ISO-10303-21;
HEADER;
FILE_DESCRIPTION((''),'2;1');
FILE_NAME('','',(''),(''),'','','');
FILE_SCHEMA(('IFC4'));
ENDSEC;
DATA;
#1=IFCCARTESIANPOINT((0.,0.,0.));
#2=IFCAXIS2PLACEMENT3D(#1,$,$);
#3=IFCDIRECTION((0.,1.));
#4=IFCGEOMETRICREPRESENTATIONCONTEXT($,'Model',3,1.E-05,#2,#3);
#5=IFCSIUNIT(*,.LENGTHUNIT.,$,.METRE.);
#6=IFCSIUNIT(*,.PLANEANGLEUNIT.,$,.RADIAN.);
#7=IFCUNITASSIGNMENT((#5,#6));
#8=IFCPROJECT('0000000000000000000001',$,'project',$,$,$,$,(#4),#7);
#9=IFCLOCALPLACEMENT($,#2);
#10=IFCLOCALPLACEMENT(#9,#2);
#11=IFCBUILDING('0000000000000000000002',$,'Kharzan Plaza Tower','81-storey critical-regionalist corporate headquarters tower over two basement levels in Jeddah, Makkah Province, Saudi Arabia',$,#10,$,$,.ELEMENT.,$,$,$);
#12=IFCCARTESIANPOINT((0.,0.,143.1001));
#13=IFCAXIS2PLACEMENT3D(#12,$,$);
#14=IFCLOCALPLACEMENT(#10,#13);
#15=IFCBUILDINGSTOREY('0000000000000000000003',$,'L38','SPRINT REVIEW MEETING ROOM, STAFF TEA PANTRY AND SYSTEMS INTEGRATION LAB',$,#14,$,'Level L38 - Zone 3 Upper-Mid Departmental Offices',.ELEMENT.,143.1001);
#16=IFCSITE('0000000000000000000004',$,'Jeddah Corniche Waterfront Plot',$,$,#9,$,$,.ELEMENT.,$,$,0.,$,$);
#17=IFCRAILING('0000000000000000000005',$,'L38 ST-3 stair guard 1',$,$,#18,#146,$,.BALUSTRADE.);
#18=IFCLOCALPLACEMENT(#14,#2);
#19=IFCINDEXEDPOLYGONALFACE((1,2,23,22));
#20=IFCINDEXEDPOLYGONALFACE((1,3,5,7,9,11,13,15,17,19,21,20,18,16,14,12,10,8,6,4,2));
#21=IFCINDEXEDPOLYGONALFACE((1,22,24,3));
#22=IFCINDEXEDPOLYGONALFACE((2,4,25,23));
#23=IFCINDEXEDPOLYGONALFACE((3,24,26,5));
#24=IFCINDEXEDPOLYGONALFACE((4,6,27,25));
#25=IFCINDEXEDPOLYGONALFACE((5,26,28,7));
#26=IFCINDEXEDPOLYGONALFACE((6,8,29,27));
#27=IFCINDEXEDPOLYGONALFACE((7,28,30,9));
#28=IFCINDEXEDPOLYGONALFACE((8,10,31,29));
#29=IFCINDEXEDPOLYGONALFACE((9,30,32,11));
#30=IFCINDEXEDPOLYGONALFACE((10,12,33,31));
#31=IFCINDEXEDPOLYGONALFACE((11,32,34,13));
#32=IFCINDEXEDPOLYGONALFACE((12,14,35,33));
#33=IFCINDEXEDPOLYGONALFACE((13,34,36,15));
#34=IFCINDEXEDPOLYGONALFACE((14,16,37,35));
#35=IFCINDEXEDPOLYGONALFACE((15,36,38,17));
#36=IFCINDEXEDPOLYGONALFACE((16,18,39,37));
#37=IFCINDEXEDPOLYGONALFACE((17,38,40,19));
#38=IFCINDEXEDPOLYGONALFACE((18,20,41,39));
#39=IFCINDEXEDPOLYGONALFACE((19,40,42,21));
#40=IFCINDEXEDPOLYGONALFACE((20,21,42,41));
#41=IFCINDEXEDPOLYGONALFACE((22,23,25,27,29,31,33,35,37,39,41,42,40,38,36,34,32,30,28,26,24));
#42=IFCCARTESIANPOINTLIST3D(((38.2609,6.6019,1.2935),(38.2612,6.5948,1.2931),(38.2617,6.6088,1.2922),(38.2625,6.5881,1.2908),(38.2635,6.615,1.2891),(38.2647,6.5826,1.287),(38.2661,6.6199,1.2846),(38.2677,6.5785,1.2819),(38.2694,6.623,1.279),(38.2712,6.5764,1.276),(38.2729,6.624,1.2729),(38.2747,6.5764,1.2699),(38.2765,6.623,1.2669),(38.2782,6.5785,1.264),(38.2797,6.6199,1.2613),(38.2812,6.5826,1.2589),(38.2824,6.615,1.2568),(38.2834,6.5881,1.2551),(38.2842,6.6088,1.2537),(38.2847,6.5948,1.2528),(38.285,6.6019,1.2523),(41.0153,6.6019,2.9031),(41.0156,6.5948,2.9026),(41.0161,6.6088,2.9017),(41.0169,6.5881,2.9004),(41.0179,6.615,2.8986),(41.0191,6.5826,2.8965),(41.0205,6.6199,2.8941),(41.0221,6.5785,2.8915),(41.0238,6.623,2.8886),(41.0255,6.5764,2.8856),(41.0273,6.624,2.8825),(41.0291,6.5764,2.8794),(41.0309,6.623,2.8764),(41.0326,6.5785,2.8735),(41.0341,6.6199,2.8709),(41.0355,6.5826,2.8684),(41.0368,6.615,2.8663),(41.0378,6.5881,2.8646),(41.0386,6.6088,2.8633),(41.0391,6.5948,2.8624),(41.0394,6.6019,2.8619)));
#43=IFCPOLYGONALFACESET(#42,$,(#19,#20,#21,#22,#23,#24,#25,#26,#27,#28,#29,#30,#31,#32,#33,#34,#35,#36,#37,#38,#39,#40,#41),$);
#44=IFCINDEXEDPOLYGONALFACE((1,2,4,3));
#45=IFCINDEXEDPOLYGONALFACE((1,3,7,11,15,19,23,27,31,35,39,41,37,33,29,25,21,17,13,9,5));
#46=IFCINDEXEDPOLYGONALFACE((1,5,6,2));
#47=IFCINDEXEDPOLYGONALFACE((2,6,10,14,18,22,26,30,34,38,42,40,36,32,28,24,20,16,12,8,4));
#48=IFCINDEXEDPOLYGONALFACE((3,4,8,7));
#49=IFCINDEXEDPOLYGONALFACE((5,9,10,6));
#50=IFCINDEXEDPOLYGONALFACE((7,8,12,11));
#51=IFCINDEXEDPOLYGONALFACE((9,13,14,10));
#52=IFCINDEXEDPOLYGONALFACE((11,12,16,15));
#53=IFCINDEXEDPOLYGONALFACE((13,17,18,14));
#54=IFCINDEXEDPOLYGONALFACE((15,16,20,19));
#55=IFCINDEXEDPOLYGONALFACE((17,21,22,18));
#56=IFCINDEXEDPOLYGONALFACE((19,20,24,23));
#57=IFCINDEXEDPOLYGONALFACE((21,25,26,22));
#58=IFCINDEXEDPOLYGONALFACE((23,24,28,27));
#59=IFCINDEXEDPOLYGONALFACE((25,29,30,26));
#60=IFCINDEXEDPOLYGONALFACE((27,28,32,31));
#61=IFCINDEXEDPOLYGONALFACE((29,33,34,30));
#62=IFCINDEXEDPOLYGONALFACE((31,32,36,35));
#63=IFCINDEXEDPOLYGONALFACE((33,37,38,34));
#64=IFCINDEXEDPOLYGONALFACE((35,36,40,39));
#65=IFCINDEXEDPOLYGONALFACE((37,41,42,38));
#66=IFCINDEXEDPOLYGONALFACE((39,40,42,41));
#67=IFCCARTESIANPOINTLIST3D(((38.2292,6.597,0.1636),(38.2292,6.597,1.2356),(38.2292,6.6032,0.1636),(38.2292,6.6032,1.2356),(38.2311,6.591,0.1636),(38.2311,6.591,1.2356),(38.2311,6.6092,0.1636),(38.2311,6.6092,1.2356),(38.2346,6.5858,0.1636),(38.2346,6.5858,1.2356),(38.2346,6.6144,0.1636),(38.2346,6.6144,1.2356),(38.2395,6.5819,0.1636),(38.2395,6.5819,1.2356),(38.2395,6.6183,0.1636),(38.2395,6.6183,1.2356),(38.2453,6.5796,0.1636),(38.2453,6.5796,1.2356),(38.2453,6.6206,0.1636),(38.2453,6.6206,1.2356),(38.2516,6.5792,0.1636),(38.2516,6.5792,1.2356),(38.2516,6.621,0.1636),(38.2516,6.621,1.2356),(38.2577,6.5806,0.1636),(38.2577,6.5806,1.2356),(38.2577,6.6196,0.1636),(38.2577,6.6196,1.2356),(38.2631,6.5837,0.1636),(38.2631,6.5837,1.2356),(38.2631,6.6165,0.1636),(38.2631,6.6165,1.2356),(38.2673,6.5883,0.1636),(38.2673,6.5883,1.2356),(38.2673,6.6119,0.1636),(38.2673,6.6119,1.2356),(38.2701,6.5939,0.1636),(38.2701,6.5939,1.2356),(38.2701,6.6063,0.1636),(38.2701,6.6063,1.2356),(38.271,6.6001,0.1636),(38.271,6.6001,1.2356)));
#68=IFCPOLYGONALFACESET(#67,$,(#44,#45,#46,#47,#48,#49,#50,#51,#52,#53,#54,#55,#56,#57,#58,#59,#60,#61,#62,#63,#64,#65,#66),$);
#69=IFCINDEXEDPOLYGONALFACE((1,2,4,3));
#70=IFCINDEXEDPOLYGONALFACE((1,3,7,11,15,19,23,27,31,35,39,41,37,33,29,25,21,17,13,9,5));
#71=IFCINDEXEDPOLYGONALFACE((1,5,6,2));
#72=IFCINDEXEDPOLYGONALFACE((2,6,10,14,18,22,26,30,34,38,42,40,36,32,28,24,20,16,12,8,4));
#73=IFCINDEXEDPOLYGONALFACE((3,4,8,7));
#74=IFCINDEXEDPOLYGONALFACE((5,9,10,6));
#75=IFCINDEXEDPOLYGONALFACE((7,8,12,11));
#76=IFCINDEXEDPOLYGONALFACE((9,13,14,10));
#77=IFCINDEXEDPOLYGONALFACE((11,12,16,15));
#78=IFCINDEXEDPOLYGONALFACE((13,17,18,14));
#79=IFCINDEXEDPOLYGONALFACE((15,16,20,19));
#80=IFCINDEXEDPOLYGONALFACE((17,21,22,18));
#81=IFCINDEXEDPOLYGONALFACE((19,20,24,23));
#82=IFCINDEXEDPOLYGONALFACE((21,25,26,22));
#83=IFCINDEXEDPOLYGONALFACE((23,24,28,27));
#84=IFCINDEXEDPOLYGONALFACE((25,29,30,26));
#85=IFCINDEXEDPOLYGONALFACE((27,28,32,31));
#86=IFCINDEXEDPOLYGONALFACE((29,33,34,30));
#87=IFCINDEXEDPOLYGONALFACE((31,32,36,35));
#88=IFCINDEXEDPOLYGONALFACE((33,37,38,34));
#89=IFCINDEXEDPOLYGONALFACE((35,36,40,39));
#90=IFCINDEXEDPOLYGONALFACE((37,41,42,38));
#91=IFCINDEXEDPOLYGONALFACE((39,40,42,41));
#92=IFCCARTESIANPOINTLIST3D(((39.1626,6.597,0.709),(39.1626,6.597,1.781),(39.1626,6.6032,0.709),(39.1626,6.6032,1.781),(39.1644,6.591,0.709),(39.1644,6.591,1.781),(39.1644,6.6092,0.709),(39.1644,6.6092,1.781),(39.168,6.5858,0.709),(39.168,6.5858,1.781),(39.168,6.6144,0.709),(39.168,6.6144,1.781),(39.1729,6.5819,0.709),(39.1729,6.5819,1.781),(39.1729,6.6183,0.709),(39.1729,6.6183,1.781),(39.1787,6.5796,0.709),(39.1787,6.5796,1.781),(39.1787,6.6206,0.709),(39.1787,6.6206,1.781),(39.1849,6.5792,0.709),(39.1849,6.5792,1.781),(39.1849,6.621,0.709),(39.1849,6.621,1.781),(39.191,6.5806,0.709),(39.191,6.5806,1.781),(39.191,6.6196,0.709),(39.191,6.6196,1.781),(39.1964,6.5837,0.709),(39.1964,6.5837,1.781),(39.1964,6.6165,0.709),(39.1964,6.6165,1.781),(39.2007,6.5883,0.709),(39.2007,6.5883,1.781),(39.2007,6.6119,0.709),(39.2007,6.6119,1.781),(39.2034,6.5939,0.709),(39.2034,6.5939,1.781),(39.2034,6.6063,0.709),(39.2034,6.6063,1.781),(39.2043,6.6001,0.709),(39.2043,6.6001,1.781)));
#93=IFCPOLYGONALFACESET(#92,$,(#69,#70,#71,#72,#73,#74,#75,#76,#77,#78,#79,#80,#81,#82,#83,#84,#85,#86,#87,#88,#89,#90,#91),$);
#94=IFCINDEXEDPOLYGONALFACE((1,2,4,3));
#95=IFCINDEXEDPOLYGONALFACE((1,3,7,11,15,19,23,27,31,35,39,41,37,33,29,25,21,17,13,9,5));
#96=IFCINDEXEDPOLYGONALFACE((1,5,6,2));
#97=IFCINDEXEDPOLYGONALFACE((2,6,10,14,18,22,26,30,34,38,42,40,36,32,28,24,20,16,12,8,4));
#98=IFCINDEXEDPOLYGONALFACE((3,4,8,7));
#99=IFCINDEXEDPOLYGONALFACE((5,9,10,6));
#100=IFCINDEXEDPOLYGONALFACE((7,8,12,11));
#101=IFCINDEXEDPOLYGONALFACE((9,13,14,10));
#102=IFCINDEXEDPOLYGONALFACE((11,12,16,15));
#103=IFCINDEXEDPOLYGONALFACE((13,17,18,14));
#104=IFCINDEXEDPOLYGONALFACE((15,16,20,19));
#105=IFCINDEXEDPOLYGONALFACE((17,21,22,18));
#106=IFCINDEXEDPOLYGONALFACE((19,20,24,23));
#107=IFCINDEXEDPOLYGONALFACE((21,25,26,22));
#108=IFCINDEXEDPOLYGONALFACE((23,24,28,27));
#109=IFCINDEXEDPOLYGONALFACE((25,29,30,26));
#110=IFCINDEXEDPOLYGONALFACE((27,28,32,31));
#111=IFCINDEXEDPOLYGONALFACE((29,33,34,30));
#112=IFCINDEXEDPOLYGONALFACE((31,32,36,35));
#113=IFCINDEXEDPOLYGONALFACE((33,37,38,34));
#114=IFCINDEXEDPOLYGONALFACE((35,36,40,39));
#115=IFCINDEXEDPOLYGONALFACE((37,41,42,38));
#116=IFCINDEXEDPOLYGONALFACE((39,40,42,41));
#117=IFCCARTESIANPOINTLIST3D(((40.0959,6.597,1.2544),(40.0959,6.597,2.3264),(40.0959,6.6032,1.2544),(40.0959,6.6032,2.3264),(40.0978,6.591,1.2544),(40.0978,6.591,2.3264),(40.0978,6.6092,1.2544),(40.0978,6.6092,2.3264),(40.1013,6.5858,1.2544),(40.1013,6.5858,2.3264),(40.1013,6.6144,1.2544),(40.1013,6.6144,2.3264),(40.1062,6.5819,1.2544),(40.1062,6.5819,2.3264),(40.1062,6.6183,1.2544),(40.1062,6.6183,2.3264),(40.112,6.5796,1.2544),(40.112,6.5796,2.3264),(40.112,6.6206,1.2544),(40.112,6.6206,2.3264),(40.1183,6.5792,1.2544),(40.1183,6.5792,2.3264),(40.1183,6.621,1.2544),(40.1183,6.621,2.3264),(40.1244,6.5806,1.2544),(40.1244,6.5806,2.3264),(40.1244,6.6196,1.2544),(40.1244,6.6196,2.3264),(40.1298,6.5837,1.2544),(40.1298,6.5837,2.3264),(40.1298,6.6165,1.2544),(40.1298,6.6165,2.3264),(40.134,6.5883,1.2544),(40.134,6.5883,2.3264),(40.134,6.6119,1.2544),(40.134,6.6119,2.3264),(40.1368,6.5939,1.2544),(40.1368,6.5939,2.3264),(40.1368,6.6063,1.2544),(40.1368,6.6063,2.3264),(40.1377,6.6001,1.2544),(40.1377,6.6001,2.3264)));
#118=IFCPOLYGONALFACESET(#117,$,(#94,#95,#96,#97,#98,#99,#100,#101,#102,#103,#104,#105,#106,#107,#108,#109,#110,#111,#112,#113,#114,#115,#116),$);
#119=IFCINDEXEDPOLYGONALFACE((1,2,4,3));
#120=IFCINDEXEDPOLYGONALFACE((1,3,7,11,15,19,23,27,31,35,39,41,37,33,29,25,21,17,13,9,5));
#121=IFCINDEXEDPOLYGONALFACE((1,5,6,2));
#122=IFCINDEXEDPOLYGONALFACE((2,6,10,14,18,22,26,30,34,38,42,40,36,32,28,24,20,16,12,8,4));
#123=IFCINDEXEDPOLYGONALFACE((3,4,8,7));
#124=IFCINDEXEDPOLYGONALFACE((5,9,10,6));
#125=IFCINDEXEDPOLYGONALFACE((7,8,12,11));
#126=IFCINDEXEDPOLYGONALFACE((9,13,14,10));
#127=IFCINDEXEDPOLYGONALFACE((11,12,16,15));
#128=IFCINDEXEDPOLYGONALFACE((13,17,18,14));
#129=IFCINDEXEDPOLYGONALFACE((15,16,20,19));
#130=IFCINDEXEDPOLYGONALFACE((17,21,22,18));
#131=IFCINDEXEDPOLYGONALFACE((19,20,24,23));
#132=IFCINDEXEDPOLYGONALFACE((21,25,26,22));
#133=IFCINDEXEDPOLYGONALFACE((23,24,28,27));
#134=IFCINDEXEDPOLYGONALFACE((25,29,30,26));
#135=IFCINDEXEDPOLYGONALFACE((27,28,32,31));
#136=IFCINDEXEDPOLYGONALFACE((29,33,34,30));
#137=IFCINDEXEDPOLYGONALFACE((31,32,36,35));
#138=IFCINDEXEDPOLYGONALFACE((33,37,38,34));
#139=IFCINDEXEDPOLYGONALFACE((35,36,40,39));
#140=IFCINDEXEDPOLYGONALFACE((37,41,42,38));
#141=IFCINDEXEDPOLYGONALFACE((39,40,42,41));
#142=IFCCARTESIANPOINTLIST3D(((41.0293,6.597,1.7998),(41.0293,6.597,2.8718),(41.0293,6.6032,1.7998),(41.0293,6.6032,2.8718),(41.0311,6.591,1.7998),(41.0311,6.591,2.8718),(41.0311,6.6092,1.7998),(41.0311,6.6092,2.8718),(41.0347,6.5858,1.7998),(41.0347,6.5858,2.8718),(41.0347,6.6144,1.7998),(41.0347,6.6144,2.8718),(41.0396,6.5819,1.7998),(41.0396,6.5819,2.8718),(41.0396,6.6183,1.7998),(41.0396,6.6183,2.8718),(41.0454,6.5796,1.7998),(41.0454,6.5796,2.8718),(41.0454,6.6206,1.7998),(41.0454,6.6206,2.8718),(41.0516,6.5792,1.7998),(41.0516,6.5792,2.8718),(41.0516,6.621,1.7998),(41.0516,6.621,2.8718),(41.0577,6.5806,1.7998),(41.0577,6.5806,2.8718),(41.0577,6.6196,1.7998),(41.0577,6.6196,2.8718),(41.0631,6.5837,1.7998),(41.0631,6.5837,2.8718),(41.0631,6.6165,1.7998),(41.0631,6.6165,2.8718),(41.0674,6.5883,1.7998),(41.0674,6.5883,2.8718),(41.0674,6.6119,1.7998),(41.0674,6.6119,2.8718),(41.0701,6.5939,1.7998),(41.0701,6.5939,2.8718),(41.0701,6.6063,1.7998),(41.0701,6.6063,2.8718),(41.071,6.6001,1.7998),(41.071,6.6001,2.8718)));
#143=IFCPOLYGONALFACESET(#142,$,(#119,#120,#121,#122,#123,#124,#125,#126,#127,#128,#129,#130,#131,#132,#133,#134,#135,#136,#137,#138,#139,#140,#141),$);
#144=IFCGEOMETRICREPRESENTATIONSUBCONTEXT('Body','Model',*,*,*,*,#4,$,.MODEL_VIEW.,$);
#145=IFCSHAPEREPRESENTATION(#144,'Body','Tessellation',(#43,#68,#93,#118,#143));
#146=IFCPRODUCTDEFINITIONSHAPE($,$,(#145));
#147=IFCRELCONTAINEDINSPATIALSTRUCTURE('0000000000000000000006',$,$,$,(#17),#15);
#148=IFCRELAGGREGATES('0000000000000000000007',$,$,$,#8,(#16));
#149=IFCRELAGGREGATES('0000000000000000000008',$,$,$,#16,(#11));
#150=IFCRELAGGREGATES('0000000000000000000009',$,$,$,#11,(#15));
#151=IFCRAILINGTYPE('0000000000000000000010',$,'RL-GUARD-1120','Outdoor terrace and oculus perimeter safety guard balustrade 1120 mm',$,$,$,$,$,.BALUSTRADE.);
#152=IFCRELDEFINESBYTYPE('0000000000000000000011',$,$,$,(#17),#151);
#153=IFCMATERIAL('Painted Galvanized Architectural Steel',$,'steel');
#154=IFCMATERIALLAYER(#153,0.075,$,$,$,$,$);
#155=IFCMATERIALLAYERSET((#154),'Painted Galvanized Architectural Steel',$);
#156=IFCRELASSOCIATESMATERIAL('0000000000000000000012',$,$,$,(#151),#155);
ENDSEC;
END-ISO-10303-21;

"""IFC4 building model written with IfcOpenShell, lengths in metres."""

from ifc_helpers import new_model, si_unit, direction, frame, origin, origin_2d, place, context, subcontext, project, spatial, circle, extrude, source, transform, mapped, material, layer, layer_set, type_object, element, save


model = new_model("IFC4")

# Units and contexts
model_context = context("Model", 3, precision=1e-05, world=origin(), true_north=direction((0.0, 1.0)))
body_context = subcontext(model_context, "Body", "Model", "MODEL_VIEW")
ifc_project = project(units=[si_unit("LENGTHUNIT", "METRE"), si_unit("PLANEANGLEUNIT", "RADIAN")], contexts=[model_context])

# Site, building, storey
site_placement = place(None, origin())
site = spatial("IfcSite", under=ifc_project, at=site_placement, Name="Jeddah Corniche Waterfront Plot", CompositionType="ELEMENT", RefElevation=0.0)
building_placement = place(site_placement, origin())
building = spatial("IfcBuilding", under=site, at=building_placement, Name="Kharzan Plaza Tower", Description="81-storey critical-regionalist corporate headquarters tower over two basement levels in Jeddah, Makkah Province, Saudi Arabia", CompositionType="ELEMENT")
storey_placement = place(building_placement, frame((0.0, 0.0, 143.1001)))
storey = spatial("IfcBuildingStorey", under=building, at=storey_placement, Name="L38", Description="SPRINT REVIEW MEETING ROOM, STAFF TEA PANTRY AND SYSTEMS INTEGRATION LAB", LongName="Level L38 - Zone 3 Upper-Mid Departmental Offices", CompositionType="ELEMENT", Elevation=143.1001)

# Railing
ifc_material_1 = material(Name="Painted Galvanized Architectural Steel", Category="steel")
ifc_layer_1 = layer(ifc_material_1, 0.075)
ifc_layer_set_1 = layer_set([ifc_layer_1], Name="Painted Galvanized Architectural Steel")
railing_type_1 = type_object("IfcRailingType", Name="RL-GUARD-1120", Description="Outdoor terrace and oculus perimeter safety guard balustrade 1120 mm", PredefinedType="BALUSTRADE", material=ifc_layer_set_1)
shared_shape_1 = source(origin(), body_context, "Body", "SweptSolid", [
    extrude(circle(Radius=0.0239, at=origin_2d()), frame((0.0229, 0.0, 1.1094), z_axis=(0.863394, 0.0, 0.504531), x_axis=(0.0, 1.0, 0.0)), (0.0, 0.0, 1.0), 3.1902),
    extrude(circle(Radius=0.021, at=origin_2d()), origin(), (0.0, 0.0, 1.0), 1.072),
    extrude(circle(Radius=0.021, at=origin_2d()), frame((0.9333, 0.0, 0.5454)), (0.0, 0.0, 1.0), 1.072),
    extrude(circle(Radius=0.021, at=origin_2d()), frame((1.8667, 0.0, 1.0908)), (0.0, 0.0, 1.0), 1.072),
    extrude(circle(Radius=0.021, at=origin_2d()), frame((2.8, 0.0, 1.6362)), (0.0, 0.0, 1.0), 1.072),
])
railing_1_placement = place(storey_placement, frame((38.25, 6.6001, 0.1636)))
element("IfcRailing", 1, at=railing_1_placement, inside=storey, type_object=railing_type_1, Name="L38 ST-3 stair guard 1", PredefinedType="BALUSTRADE", context=body_context, shape_type="MappedRepresentation", body=[
    mapped(shared_shape_1, transform((0.0, 0.0, 0.0), x_axis=(1.0, 0.0, 0.0), y_axis=(0.0, 1.0, 0.0), z_axis=(0.0, 0.0, 1.0))),
])

save(model, "model.ifc")
